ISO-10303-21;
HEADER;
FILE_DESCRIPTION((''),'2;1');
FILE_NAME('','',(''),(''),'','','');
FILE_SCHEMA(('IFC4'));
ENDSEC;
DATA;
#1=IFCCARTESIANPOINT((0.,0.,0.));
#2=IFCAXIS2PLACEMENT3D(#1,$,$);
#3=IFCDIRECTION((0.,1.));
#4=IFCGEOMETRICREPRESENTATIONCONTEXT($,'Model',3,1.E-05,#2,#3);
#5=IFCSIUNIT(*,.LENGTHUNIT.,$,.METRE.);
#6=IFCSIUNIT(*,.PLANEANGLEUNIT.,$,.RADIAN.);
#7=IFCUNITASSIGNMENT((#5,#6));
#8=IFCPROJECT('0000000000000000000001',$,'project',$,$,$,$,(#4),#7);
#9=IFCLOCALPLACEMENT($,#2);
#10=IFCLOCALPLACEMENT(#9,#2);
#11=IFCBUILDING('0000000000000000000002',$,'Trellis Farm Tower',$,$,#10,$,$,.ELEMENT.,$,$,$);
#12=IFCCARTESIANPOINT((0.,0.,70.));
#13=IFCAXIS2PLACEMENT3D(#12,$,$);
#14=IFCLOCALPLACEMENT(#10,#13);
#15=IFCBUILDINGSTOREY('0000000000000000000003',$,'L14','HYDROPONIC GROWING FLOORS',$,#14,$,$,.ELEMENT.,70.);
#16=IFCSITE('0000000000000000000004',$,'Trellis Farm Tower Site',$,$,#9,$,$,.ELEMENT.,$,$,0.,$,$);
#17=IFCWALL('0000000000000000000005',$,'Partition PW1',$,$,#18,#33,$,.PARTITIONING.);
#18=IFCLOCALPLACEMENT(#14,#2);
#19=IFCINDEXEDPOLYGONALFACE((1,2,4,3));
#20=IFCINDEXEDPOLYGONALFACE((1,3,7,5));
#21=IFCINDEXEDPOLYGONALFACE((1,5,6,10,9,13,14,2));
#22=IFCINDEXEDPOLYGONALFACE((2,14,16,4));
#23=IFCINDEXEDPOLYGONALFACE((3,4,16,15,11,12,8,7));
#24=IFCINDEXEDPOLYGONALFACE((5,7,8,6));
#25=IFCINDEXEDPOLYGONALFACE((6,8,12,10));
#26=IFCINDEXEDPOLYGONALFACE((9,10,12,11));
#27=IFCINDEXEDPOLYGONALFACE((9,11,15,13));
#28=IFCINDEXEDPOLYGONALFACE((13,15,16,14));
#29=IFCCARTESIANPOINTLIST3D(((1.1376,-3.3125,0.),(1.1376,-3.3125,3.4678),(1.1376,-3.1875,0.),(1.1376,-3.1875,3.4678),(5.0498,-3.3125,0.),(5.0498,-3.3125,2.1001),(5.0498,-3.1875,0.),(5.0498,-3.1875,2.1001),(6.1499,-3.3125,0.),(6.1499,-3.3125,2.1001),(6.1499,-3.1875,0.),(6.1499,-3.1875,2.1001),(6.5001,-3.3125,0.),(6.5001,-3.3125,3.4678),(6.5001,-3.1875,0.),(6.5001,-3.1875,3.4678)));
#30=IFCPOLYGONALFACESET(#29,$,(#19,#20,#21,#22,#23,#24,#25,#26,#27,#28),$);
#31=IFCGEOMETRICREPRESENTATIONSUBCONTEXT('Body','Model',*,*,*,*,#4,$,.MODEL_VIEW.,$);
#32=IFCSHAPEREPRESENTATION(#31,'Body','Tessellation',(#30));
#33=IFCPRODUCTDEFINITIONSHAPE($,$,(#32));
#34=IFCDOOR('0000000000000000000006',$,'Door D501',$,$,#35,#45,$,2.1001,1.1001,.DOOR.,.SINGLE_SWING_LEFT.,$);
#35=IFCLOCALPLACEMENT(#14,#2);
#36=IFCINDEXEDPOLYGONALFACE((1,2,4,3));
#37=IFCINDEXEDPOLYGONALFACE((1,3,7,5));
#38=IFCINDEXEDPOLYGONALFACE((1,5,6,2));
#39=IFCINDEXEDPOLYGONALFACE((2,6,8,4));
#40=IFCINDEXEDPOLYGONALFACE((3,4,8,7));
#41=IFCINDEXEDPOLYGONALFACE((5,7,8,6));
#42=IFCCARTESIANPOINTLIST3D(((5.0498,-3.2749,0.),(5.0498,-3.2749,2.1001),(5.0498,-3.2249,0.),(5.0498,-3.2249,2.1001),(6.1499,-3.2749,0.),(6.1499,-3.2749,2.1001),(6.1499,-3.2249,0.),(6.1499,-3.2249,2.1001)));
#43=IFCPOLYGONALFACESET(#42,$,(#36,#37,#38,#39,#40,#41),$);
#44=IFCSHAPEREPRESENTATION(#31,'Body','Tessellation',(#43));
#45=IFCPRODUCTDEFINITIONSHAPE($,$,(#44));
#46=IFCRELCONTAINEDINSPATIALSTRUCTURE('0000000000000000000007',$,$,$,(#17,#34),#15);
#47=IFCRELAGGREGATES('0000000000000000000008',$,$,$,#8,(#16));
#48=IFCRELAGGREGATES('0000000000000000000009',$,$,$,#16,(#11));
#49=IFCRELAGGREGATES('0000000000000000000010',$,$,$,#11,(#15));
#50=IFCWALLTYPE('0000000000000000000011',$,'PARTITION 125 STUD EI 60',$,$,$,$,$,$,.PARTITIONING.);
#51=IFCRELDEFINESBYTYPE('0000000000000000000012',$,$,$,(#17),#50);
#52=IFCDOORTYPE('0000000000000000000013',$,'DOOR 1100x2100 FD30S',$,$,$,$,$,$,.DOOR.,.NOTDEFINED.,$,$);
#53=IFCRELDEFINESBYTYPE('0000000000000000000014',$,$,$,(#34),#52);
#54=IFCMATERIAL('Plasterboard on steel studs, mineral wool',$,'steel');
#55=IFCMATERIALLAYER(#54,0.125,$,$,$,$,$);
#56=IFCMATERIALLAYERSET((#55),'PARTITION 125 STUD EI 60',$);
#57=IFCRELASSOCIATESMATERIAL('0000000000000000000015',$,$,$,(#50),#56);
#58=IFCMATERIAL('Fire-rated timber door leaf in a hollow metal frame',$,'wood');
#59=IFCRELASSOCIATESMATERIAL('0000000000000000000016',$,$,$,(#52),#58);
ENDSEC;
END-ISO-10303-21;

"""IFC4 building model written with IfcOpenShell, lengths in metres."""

from ifc_helpers import new_model, si_unit, direction, frame, frame_2d, origin, place, context, subcontext, project, spatial, rectangle, extrude, source, transform, mapped, material, layer, layer_set, type_object, element, fill, save


model = new_model("IFC4")

# Units and contexts
model_context = context("Model", 3, precision=1e-05, world=origin(), true_north=direction((0.0, 1.0)))
body_context = subcontext(model_context, "Body", "Model", "MODEL_VIEW")
ifc_project = project(units=[si_unit("LENGTHUNIT", "METRE"), si_unit("PLANEANGLEUNIT", "RADIAN")], contexts=[model_context])

# Site, building, storey
site_placement = place(None, origin())
site = spatial("IfcSite", under=ifc_project, at=site_placement, Name="Trellis Farm Tower Site", CompositionType="ELEMENT", RefElevation=0.0)
building_placement = place(site_placement, origin())
building = spatial("IfcBuilding", under=site, at=building_placement, Name="Trellis Farm Tower", CompositionType="ELEMENT")
storey_placement = place(building_placement, frame((0.0, 0.0, 70.0)))
storey = spatial("IfcBuildingStorey", under=building, at=storey_placement, Name="L14", Description="HYDROPONIC GROWING FLOORS", CompositionType="ELEMENT", Elevation=70.0)

# Shared definitions
shared_shape_1 = source(origin(), body_context, "Body", "SweptSolid", [
    extrude(rectangle(XDim=1.1001, YDim=2.1001, at=frame_2d((0.55, 1.05))), frame((0.0, 0.0249, 0.0), z_axis=(0.0, -1.0, 0.0), x_axis=(1.0, 0.0, 0.0)), (0.0, 0.0, 1.0), 0.05),
])

# Wall, opening, door
ifc_material_1 = material(Name="Plasterboard on steel studs, mineral wool", Category="steel")
ifc_layer_1 = layer(ifc_material_1, 0.125)
ifc_layer_set_1 = layer_set([ifc_layer_1], Name="PARTITION 125 STUD EI 60")
wall_type_1 = type_object("IfcWallType", Name="PARTITION 125 STUD EI 60", PredefinedType="PARTITIONING", material=ifc_layer_set_1)
shared_shape_2 = source(origin(), body_context, "Body", "SweptSolid", [
    extrude(rectangle(XDim=5.3625, YDim=0.125, at=frame_2d((2.6812, 0.0))), origin(), (0.0, 0.0, 1.0), 3.4678),
])
wall_1_placement = place(storey_placement, frame((6.5, -3.25, 0.0), z_axis=(0.0, 0.0, 1.0), x_axis=(-1.0, 0.0, 0.0)))
wall_1 = element("IfcWall", 1, at=wall_1_placement, inside=storey, type_object=wall_type_1, Name="Partition PW1", PredefinedType="PARTITIONING", context=body_context, shape_type="MappedRepresentation", body=[
    mapped(shared_shape_2, transform((0.0, 0.0, 0.0))),
])
shared_shape_3 = source(origin(), body_context, "Body", "SweptSolid", [
    extrude(rectangle(XDim=1.1001, YDim=2.1001, at=frame_2d((0.55, 1.05))), frame((0.0, 0.0725, 0.0), z_axis=(0.0, -1.0, 0.0), x_axis=(1.0, 0.0, 0.0)), (0.0, 0.0, 1.0), 0.145),
])
opening_1_placement = place(wall_1_placement, frame((0.3501, 0.0, 0.0)))
opening_1 = element("IfcOpeningElement", 2, at=opening_1_placement, cuts=wall_1, PredefinedType="OPENING", context=body_context, shape_type="MappedRepresentation", body=[
    mapped(shared_shape_3, transform((0.0, 0.0, 0.0))),
])
ifc_material_2 = material(Name="Fire-rated timber door leaf in a hollow metal frame", Category="wood")
door_type_1 = type_object("IfcDoorType", Name="DOOR 1100x2100 FD30S", OperationType="NOTDEFINED", PredefinedType="DOOR", material=ifc_material_2)
door_1_placement = place(opening_1_placement, origin())
door_1 = element("IfcDoor", 3, at=door_1_placement, inside=storey, type_object=door_type_1, Name="Door D501", OperationType="SINGLE_SWING_LEFT", OverallHeight=2.1001, OverallWidth=1.1001, PredefinedType="DOOR", context=body_context, shape_type="MappedRepresentation", body=[
    mapped(shared_shape_1, transform((0.0, 0.0, 0.0))),
])
fill(opening_1, door_1)

save(model, "model.ifc")
